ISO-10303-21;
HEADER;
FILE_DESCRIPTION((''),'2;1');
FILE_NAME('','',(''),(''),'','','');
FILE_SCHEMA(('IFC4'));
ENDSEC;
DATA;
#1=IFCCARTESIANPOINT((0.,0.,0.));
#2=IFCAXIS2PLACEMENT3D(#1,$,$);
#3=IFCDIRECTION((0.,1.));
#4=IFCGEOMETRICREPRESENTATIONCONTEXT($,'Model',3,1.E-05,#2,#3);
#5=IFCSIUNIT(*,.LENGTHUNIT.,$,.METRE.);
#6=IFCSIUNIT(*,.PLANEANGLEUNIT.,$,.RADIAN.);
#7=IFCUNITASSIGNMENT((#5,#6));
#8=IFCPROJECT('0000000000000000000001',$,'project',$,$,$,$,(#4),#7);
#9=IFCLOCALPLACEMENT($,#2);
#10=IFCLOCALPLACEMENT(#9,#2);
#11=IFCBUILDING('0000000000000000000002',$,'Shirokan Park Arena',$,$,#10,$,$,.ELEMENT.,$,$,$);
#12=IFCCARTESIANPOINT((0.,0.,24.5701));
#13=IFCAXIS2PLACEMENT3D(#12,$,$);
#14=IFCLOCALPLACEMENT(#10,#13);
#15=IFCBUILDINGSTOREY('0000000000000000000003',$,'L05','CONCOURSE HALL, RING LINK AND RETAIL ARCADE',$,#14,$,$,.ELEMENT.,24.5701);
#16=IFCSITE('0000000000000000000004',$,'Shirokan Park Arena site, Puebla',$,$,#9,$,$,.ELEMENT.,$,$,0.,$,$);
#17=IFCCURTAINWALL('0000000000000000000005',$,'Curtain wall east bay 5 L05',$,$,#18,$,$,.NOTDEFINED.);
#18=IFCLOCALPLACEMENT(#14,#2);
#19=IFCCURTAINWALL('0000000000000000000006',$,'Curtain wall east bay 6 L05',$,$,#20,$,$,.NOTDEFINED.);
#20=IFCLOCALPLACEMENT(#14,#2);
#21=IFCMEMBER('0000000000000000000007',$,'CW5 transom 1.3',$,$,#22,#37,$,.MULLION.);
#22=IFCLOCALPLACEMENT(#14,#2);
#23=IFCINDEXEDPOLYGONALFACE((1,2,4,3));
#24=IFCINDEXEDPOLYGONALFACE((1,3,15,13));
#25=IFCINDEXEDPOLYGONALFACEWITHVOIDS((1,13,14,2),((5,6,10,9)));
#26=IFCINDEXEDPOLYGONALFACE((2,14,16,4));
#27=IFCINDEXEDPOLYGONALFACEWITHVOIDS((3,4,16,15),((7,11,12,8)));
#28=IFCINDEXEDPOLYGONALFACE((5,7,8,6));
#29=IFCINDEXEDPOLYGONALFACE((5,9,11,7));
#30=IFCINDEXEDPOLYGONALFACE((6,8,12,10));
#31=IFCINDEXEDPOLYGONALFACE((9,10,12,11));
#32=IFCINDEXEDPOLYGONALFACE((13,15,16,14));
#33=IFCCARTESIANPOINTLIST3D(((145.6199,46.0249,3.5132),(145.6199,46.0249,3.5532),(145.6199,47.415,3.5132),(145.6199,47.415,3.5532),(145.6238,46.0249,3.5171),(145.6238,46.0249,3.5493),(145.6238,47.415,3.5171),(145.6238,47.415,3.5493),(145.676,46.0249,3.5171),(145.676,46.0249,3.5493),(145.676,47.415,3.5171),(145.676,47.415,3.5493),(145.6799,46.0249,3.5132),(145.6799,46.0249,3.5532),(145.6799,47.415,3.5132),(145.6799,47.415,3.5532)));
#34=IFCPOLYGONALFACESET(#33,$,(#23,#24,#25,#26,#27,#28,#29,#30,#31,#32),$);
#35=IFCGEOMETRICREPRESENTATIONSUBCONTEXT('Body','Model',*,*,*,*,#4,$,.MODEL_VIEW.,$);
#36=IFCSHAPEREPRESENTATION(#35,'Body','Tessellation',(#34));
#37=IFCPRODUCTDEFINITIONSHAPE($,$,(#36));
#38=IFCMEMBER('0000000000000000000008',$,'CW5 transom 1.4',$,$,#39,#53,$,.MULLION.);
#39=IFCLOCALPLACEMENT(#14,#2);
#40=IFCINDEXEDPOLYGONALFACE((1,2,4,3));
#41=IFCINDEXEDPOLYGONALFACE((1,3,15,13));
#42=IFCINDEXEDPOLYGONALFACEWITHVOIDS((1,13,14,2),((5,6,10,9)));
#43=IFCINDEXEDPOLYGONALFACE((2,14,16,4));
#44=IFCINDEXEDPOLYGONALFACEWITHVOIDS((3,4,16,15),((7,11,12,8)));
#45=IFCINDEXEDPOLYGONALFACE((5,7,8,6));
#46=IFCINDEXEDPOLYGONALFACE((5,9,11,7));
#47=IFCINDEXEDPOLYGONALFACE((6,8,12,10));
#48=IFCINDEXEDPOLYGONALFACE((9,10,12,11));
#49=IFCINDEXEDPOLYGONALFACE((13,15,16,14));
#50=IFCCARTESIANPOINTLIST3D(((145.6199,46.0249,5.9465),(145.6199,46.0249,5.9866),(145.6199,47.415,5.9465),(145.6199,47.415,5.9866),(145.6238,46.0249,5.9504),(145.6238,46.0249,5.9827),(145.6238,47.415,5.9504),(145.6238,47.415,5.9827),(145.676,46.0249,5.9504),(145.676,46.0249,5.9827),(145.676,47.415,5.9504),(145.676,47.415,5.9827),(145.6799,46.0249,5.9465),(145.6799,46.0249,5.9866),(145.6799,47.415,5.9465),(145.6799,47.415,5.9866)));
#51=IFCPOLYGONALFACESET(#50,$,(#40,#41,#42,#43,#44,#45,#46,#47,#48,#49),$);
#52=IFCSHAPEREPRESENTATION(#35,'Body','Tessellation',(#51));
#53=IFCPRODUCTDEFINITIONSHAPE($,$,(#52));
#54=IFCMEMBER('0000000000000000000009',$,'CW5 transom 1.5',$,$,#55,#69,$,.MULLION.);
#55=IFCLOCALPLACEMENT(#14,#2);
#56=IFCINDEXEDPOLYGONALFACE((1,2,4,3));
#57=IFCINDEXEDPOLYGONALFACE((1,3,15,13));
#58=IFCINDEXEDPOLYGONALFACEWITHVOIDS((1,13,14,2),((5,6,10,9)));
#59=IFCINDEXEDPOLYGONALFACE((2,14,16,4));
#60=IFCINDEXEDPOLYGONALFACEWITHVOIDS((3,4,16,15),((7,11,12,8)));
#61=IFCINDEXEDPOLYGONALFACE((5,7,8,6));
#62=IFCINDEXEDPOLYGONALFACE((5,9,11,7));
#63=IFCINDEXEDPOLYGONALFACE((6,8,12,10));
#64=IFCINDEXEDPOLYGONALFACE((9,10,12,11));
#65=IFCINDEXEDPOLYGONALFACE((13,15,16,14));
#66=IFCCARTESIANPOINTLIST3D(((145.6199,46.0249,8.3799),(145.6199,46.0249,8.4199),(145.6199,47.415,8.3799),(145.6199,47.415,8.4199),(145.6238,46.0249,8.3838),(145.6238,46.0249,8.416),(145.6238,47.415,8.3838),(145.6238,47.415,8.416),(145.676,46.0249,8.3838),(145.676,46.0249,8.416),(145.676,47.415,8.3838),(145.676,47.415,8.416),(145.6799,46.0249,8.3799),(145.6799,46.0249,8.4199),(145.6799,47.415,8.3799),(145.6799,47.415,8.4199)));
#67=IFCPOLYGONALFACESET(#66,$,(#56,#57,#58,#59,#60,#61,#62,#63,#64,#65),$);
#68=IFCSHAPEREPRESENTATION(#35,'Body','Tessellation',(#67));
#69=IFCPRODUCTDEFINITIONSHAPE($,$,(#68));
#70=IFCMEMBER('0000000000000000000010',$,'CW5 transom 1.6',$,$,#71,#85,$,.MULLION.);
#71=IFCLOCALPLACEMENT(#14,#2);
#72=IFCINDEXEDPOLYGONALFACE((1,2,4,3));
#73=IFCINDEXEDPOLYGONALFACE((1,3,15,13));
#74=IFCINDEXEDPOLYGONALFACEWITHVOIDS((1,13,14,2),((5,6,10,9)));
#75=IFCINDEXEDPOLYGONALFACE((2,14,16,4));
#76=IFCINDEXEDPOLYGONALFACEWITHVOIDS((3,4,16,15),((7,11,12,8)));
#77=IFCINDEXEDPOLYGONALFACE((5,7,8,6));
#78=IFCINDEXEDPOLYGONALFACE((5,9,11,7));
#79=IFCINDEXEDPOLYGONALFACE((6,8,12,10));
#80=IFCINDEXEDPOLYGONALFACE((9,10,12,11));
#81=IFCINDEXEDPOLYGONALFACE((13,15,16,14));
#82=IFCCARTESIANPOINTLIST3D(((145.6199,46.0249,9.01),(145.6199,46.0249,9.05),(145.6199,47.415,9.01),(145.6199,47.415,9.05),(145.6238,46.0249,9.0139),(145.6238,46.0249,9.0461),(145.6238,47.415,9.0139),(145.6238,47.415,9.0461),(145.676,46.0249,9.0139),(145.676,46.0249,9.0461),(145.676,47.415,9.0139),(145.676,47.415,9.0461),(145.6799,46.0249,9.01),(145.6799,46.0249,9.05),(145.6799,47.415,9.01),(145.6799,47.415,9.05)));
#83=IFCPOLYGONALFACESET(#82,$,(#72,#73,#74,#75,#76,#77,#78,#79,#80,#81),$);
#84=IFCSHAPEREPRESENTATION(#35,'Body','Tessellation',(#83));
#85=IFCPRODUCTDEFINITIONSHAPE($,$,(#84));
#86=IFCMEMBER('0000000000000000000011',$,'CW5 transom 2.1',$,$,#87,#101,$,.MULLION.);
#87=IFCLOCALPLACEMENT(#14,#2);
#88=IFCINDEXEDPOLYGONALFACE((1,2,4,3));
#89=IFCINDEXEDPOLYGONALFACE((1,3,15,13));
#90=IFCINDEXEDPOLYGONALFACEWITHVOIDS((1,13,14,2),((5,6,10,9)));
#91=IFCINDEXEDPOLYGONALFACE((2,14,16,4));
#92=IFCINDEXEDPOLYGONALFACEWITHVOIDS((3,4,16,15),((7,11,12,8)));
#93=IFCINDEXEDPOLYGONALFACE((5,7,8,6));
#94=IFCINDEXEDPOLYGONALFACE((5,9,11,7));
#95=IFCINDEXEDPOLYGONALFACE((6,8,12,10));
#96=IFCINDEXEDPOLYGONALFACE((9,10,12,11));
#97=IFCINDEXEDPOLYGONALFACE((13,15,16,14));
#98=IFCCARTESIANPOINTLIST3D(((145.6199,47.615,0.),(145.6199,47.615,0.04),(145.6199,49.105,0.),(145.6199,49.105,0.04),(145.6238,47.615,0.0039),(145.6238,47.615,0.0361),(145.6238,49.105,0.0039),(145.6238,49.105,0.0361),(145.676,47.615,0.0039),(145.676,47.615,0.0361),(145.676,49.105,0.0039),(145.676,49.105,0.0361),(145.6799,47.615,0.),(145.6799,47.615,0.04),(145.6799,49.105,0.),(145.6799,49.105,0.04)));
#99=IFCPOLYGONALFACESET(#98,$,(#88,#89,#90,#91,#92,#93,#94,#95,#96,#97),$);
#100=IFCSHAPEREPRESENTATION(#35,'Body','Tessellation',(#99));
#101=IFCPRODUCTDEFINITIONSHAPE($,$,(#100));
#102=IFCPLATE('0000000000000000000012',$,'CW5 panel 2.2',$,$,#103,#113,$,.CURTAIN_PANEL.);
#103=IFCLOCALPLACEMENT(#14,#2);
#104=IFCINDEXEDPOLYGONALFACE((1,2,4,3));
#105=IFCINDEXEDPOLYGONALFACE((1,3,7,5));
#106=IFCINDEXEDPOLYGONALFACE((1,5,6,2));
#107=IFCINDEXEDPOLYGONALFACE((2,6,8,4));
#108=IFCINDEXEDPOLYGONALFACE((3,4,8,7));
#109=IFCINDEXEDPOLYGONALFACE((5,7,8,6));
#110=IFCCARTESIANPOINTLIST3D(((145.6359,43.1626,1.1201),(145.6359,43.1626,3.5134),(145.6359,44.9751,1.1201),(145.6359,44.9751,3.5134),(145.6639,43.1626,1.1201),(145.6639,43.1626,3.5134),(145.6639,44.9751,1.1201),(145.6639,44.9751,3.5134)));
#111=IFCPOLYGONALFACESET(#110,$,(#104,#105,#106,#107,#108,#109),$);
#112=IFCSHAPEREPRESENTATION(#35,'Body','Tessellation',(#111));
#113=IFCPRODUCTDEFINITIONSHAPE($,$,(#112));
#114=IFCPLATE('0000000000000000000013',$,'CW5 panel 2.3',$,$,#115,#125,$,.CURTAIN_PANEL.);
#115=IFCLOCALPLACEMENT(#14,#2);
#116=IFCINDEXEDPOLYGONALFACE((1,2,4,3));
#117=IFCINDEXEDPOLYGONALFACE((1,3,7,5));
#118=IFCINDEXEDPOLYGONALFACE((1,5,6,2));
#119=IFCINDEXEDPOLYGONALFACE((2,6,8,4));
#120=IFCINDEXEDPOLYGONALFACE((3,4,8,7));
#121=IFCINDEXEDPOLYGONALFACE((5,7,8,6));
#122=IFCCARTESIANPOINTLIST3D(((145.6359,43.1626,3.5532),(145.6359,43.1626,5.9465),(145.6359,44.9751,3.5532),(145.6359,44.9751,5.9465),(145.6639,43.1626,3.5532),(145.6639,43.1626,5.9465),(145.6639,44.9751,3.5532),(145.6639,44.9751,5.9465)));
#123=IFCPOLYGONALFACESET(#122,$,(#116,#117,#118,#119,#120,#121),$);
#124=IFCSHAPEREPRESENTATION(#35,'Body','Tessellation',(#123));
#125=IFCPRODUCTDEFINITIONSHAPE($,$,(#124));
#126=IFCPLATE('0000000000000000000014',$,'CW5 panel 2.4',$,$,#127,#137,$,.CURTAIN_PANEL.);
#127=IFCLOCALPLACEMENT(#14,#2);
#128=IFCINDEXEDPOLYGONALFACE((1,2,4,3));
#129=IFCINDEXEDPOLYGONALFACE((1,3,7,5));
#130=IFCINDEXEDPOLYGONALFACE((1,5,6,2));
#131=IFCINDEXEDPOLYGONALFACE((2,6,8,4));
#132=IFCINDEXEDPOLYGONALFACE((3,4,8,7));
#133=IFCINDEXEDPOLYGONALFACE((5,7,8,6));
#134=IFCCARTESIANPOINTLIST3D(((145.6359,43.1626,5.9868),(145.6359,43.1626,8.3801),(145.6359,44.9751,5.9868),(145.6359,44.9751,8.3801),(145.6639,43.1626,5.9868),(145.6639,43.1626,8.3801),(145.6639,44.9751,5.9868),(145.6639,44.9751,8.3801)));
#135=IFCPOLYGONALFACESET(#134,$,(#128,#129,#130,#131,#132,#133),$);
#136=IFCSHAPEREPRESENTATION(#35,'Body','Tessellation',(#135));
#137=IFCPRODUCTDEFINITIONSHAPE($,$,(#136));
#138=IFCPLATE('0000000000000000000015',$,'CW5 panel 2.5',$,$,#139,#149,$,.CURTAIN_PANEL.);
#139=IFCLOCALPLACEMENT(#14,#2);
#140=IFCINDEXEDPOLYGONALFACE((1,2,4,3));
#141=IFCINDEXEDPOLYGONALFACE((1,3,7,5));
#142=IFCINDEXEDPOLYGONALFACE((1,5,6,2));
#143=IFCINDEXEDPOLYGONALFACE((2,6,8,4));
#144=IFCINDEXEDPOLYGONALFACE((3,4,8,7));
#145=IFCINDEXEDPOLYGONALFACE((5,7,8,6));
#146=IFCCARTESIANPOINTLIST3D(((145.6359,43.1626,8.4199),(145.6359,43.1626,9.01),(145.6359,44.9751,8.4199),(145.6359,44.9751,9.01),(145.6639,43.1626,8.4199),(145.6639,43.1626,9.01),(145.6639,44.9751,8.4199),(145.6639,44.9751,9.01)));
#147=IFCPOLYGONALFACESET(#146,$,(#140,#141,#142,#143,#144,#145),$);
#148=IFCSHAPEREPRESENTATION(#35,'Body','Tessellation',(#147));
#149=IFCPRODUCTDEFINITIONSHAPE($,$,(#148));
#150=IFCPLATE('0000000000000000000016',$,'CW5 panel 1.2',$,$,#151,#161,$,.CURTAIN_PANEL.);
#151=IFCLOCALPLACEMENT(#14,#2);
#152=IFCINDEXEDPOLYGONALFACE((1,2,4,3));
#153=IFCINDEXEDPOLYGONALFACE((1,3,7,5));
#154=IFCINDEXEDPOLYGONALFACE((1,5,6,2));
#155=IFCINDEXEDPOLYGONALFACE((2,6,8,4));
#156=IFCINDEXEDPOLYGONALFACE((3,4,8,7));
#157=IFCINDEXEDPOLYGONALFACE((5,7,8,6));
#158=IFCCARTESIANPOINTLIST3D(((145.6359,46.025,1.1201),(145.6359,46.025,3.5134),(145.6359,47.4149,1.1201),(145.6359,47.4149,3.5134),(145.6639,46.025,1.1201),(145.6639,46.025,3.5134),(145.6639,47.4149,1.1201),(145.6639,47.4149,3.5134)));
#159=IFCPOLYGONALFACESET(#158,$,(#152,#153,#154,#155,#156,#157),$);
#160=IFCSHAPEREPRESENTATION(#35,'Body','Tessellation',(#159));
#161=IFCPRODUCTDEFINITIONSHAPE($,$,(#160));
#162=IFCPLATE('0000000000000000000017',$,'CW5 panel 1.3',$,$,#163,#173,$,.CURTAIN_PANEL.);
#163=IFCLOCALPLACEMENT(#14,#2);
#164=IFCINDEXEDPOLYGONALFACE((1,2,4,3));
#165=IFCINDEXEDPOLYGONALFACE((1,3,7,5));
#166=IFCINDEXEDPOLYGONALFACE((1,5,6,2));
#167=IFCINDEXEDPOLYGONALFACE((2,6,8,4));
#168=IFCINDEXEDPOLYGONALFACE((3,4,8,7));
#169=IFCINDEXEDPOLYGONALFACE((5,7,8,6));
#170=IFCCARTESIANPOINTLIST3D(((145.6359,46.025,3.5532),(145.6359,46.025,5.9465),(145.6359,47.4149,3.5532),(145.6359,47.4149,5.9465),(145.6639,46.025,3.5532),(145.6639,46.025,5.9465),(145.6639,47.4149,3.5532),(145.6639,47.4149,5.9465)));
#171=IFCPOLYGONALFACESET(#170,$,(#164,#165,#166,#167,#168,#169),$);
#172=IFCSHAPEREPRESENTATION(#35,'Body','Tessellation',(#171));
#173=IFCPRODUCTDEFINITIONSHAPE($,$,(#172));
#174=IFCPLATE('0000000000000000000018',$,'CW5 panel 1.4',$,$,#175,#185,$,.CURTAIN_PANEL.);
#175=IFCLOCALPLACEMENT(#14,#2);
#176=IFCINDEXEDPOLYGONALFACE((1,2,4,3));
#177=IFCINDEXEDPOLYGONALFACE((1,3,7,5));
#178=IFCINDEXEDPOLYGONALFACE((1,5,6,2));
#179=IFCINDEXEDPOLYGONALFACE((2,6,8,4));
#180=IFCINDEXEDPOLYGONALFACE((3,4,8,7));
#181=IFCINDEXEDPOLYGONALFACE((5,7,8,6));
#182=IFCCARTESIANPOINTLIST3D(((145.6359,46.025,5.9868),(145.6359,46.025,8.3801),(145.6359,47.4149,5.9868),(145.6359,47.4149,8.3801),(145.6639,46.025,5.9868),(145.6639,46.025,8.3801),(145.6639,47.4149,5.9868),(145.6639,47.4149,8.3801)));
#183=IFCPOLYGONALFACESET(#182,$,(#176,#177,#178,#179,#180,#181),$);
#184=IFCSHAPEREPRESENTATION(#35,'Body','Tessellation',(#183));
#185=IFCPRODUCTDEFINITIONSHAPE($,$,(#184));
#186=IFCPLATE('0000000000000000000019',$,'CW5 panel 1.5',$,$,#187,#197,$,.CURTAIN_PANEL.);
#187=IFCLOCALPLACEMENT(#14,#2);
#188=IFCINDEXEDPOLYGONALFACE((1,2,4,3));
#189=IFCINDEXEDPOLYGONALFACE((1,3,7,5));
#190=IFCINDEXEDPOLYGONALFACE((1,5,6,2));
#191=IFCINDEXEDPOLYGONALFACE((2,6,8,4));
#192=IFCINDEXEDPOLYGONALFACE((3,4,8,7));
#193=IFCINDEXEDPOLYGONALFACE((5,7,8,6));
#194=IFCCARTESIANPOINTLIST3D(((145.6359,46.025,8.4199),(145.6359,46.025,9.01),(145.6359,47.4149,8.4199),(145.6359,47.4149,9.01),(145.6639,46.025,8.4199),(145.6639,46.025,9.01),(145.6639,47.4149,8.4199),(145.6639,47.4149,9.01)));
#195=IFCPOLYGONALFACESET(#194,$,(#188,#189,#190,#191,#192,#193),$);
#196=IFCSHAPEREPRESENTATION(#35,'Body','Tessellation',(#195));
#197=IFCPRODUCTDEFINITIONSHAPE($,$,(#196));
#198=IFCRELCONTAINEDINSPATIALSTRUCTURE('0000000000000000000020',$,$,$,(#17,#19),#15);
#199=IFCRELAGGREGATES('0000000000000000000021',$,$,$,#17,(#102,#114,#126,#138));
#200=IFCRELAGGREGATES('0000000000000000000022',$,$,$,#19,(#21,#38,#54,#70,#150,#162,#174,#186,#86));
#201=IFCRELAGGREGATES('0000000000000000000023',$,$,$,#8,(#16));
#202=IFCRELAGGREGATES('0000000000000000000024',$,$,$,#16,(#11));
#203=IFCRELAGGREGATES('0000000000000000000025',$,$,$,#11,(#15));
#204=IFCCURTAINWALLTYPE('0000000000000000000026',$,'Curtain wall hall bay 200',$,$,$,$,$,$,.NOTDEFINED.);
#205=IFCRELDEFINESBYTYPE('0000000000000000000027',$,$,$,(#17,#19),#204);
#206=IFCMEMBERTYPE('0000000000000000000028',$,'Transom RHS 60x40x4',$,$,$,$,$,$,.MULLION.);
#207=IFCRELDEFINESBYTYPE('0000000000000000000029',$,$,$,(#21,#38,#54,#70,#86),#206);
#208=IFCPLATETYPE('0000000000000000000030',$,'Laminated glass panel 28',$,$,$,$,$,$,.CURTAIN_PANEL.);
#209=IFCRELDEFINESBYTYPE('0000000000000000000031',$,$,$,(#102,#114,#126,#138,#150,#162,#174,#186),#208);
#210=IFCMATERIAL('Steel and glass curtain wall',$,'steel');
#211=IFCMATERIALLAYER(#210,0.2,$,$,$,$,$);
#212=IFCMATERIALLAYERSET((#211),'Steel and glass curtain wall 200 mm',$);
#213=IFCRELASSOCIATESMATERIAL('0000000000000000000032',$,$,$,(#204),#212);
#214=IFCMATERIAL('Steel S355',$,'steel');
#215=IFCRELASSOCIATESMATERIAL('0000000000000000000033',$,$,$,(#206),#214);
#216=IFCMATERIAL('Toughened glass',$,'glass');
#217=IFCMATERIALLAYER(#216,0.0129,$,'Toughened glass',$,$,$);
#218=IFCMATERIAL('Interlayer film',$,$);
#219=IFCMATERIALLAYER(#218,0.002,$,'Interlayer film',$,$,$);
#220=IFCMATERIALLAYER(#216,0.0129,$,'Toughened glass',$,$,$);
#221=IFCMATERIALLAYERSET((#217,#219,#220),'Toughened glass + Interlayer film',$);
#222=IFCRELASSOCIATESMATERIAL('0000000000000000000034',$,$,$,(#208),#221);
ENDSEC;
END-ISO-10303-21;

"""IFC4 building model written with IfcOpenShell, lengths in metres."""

from ifc_helpers import new_model, si_unit, direction, frame, origin, origin_2d, place, context, subcontext, project, spatial, rectangle, hollow_rectangle, extrude, material, layer, layer_set, material_profile, profile_set, type_object, element, aggregate, save


model = new_model("IFC4")

# Units and contexts
model_context = context("Model", 3, precision=1e-05, world=origin(), true_north=direction((0.0, 1.0)))
body_context = subcontext(model_context, "Body", "Model", "MODEL_VIEW")
ifc_project = project(units=[si_unit("LENGTHUNIT", "METRE"), si_unit("PLANEANGLEUNIT", "RADIAN")], contexts=[model_context])

# Site, building, storey
site_placement = place(None, origin())
site = spatial("IfcSite", under=ifc_project, at=site_placement, Name="Shirokan Park Arena site, Puebla", CompositionType="ELEMENT", RefElevation=0.0)
building_placement = place(site_placement, origin())
building = spatial("IfcBuilding", under=site, at=building_placement, Name="Shirokan Park Arena", CompositionType="ELEMENT")
storey_placement = place(building_placement, frame((0.0, 0.0, 24.5701)))
storey = spatial("IfcBuildingStorey", under=building, at=storey_placement, Name="L05", Description="CONCOURSE HALL, RING LINK AND RETAIL ARCADE", CompositionType="ELEMENT", Elevation=24.5701)

# Curtain wall
ifc_material_1 = material(Name="Steel and glass curtain wall", Category="steel")
ifc_layer_1 = layer(ifc_material_1, 0.2)
ifc_layer_set_1 = layer_set([ifc_layer_1], Name="Steel and glass curtain wall 200 mm")
curtain_wall_type = type_object("IfcCurtainWallType", Name="Curtain wall hall bay 200", PredefinedType="NOTDEFINED", material=ifc_layer_set_1)
curtain_wall_1_placement = place(storey_placement, origin())
curtain_wall_1 = element("IfcCurtainWall", 1, at=curtain_wall_1_placement, inside=storey, type_object=curtain_wall_type, Name="Curtain wall east bay 5 L05", PredefinedType="NOTDEFINED")
ifc_material_2 = material(Name="Steel S355", Category="steel")

# Curtain wall
curtain_wall_2_placement = place(storey_placement, origin())
curtain_wall_2 = element("IfcCurtainWall", 2, at=curtain_wall_2_placement, inside=storey, type_object=curtain_wall_type, Name="Curtain wall east bay 6 L05", PredefinedType="NOTDEFINED")

# Members
ifc_material_profile_1 = material_profile(ifc_material_2, hollow_rectangle(XDim=0.0601, YDim=0.04, WallThickness=0.0039, at=origin_2d()), Name="RHS 60x40x4")
ifc_profile_set_1 = profile_set([ifc_material_profile_1], Name="Steel S355")
member_type_1 = type_object("IfcMemberType", Name="Transom RHS 60x40x4", PredefinedType="MULLION", material=ifc_profile_set_1)
member_1_placement = place(storey_placement, frame((145.6499, 46.0249, 3.5332), z_axis=(0.0, 1.0, 0.0), x_axis=(-1.0, 0.0, 0.0)))
member_1 = element("IfcMember", 3, at=member_1_placement, type_object=member_type_1, Name="CW5 transom 1.3", PredefinedType="MULLION", context=body_context, shape_type="SweptSolid", body=[
    extrude(hollow_rectangle(XDim=0.0601, YDim=0.04, WallThickness=0.0039, at=origin_2d()), origin(), (0.0, 0.0, 1.0), 1.3901),
])
member_2_placement = place(storey_placement, frame((145.6499, 46.0249, 5.9666), z_axis=(0.0, 1.0, 0.0), x_axis=(-1.0, 0.0, 0.0)))
member_2 = element("IfcMember", 4, at=member_2_placement, type_object=member_type_1, Name="CW5 transom 1.4", PredefinedType="MULLION", context=body_context, shape_type="SweptSolid", body=[
    extrude(hollow_rectangle(XDim=0.0601, YDim=0.04, WallThickness=0.0039, at=origin_2d()), origin(), (0.0, 0.0, 1.0), 1.3901),
])
member_3_placement = place(storey_placement, frame((145.6499, 46.0249, 8.3999), z_axis=(0.0, 1.0, 0.0), x_axis=(-1.0, 0.0, 0.0)))
member_3 = element("IfcMember", 5, at=member_3_placement, type_object=member_type_1, Name="CW5 transom 1.5", PredefinedType="MULLION", context=body_context, shape_type="SweptSolid", body=[
    extrude(hollow_rectangle(XDim=0.0601, YDim=0.04, WallThickness=0.0039, at=origin_2d()), origin(), (0.0, 0.0, 1.0), 1.3901),
])
member_4_placement = place(storey_placement, frame((145.6499, 46.0249, 9.03), z_axis=(0.0, 1.0, 0.0), x_axis=(-1.0, 0.0, 0.0)))
member_4 = element("IfcMember", 6, at=member_4_placement, type_object=member_type_1, Name="CW5 transom 1.6", PredefinedType="MULLION", context=body_context, shape_type="SweptSolid", body=[
    extrude(hollow_rectangle(XDim=0.0601, YDim=0.04, WallThickness=0.0039, at=origin_2d()), origin(), (0.0, 0.0, 1.0), 1.3901),
])
member_5_placement = place(storey_placement, frame((145.6499, 47.615, 0.02), z_axis=(0.0, 1.0, 0.0), x_axis=(-1.0, 0.0, 0.0)))
member_5 = element("IfcMember", 7, at=member_5_placement, type_object=member_type_1, Name="CW5 transom 2.1", PredefinedType="MULLION", context=body_context, shape_type="SweptSolid", body=[
    extrude(hollow_rectangle(XDim=0.0601, YDim=0.04, WallThickness=0.0039, at=origin_2d()), origin(), (0.0, 0.0, 1.0), 1.49),
])

# Plates
ifc_material_3 = material(Name="Toughened glass", Category="glass")
ifc_layer_2 = layer(ifc_material_3, 0.0129, Name="Toughened glass")
ifc_material_4 = material(Name="Interlayer film")
ifc_layer_3 = layer(ifc_material_4, 0.002, Name="Interlayer film")
ifc_layer_4 = layer(ifc_material_3, 0.0129, Name="Toughened glass")
ifc_layer_set_2 = layer_set([ifc_layer_2, ifc_layer_3, ifc_layer_4], Name="Toughened glass + Interlayer film")
plate_type_1 = type_object("IfcPlateType", Name="Laminated glass panel 28", PredefinedType="CURTAIN_PANEL", material=ifc_layer_set_2)
plate_1_placement = place(storey_placement, frame((145.6499, 44.0688, 1.1201), z_axis=(0.0, 0.0, 1.0), x_axis=(0.0, 1.0, 0.0)))
plate_1 = element("IfcPlate", 8, at=plate_1_placement, type_object=plate_type_1, Name="CW5 panel 2.2", PredefinedType="CURTAIN_PANEL", context=body_context, shape_type="SweptSolid", body=[
    extrude(rectangle(XDim=1.8125, YDim=0.0281, at=origin_2d()), origin(), (0.0, 0.0, 1.0), 2.3933),
])
plate_2_placement = place(storey_placement, frame((145.6499, 44.0688, 3.5532), z_axis=(0.0, 0.0, 1.0), x_axis=(0.0, 1.0, 0.0)))
plate_2 = element("IfcPlate", 9, at=plate_2_placement, type_object=plate_type_1, Name="CW5 panel 2.3", PredefinedType="CURTAIN_PANEL", context=body_context, shape_type="SweptSolid", body=[
    extrude(rectangle(XDim=1.8125, YDim=0.0281, at=origin_2d()), origin(), (0.0, 0.0, 1.0), 2.3933),
])
plate_3_placement = place(storey_placement, frame((145.6499, 44.0688, 5.9868), z_axis=(0.0, 0.0, 1.0), x_axis=(0.0, 1.0, 0.0)))
plate_3 = element("IfcPlate", 10, at=plate_3_placement, type_object=plate_type_1, Name="CW5 panel 2.4", PredefinedType="CURTAIN_PANEL", context=body_context, shape_type="SweptSolid", body=[
    extrude(rectangle(XDim=1.8125, YDim=0.0281, at=origin_2d()), origin(), (0.0, 0.0, 1.0), 2.3933),
])
plate_4_placement = place(storey_placement, frame((145.6499, 44.0688, 8.4199), z_axis=(0.0, 0.0, 1.0), x_axis=(0.0, 1.0, 0.0)))
plate_4 = element("IfcPlate", 11, at=plate_4_placement, type_object=plate_type_1, Name="CW5 panel 2.5", PredefinedType="CURTAIN_PANEL", context=body_context, shape_type="SweptSolid", body=[
    extrude(rectangle(XDim=1.8125, YDim=0.0281, at=origin_2d()), origin(), (0.0, 0.0, 1.0), 0.5901),
])
plate_5_placement = place(storey_placement, frame((145.6499, 46.72, 1.1201), z_axis=(0.0, 0.0, 1.0), x_axis=(0.0, 1.0, 0.0)))
plate_5 = element("IfcPlate", 12, at=plate_5_placement, type_object=plate_type_1, Name="CW5 panel 1.2", PredefinedType="CURTAIN_PANEL", context=body_context, shape_type="SweptSolid", body=[
    extrude(rectangle(XDim=1.3899, YDim=0.0281, at=origin_2d()), origin(), (0.0, 0.0, 1.0), 2.3933),
])
plate_6_placement = place(storey_placement, frame((145.6499, 46.72, 3.5532), z_axis=(0.0, 0.0, 1.0), x_axis=(0.0, 1.0, 0.0)))
plate_6 = element("IfcPlate", 13, at=plate_6_placement, type_object=plate_type_1, Name="CW5 panel 1.3", PredefinedType="CURTAIN_PANEL", context=body_context, shape_type="SweptSolid", body=[
    extrude(rectangle(XDim=1.3899, YDim=0.0281, at=origin_2d()), origin(), (0.0, 0.0, 1.0), 2.3933),
])
plate_7_placement = place(storey_placement, frame((145.6499, 46.72, 5.9868), z_axis=(0.0, 0.0, 1.0), x_axis=(0.0, 1.0, 0.0)))
plate_7 = element("IfcPlate", 14, at=plate_7_placement, type_object=plate_type_1, Name="CW5 panel 1.4", PredefinedType="CURTAIN_PANEL", context=body_context, shape_type="SweptSolid", body=[
    extrude(rectangle(XDim=1.3899, YDim=0.0281, at=origin_2d()), origin(), (0.0, 0.0, 1.0), 2.3933),
])
plate_8_placement = place(storey_placement, frame((145.6499, 46.72, 8.4199), z_axis=(0.0, 0.0, 1.0), x_axis=(0.0, 1.0, 0.0)))
plate_8 = element("IfcPlate", 15, at=plate_8_placement, type_object=plate_type_1, Name="CW5 panel 1.5", PredefinedType="CURTAIN_PANEL", context=body_context, shape_type="SweptSolid", body=[
    extrude(rectangle(XDim=1.3899, YDim=0.0281, at=origin_2d()), origin(), (0.0, 0.0, 1.0), 0.5901),
])
aggregate(curtain_wall_1, [plate_1, plate_2, plate_3, plate_4])
aggregate(curtain_wall_2, [member_1, member_2, member_3, member_4, plate_5, plate_6, plate_7, plate_8, member_5])

save(model, "model.ifc")
